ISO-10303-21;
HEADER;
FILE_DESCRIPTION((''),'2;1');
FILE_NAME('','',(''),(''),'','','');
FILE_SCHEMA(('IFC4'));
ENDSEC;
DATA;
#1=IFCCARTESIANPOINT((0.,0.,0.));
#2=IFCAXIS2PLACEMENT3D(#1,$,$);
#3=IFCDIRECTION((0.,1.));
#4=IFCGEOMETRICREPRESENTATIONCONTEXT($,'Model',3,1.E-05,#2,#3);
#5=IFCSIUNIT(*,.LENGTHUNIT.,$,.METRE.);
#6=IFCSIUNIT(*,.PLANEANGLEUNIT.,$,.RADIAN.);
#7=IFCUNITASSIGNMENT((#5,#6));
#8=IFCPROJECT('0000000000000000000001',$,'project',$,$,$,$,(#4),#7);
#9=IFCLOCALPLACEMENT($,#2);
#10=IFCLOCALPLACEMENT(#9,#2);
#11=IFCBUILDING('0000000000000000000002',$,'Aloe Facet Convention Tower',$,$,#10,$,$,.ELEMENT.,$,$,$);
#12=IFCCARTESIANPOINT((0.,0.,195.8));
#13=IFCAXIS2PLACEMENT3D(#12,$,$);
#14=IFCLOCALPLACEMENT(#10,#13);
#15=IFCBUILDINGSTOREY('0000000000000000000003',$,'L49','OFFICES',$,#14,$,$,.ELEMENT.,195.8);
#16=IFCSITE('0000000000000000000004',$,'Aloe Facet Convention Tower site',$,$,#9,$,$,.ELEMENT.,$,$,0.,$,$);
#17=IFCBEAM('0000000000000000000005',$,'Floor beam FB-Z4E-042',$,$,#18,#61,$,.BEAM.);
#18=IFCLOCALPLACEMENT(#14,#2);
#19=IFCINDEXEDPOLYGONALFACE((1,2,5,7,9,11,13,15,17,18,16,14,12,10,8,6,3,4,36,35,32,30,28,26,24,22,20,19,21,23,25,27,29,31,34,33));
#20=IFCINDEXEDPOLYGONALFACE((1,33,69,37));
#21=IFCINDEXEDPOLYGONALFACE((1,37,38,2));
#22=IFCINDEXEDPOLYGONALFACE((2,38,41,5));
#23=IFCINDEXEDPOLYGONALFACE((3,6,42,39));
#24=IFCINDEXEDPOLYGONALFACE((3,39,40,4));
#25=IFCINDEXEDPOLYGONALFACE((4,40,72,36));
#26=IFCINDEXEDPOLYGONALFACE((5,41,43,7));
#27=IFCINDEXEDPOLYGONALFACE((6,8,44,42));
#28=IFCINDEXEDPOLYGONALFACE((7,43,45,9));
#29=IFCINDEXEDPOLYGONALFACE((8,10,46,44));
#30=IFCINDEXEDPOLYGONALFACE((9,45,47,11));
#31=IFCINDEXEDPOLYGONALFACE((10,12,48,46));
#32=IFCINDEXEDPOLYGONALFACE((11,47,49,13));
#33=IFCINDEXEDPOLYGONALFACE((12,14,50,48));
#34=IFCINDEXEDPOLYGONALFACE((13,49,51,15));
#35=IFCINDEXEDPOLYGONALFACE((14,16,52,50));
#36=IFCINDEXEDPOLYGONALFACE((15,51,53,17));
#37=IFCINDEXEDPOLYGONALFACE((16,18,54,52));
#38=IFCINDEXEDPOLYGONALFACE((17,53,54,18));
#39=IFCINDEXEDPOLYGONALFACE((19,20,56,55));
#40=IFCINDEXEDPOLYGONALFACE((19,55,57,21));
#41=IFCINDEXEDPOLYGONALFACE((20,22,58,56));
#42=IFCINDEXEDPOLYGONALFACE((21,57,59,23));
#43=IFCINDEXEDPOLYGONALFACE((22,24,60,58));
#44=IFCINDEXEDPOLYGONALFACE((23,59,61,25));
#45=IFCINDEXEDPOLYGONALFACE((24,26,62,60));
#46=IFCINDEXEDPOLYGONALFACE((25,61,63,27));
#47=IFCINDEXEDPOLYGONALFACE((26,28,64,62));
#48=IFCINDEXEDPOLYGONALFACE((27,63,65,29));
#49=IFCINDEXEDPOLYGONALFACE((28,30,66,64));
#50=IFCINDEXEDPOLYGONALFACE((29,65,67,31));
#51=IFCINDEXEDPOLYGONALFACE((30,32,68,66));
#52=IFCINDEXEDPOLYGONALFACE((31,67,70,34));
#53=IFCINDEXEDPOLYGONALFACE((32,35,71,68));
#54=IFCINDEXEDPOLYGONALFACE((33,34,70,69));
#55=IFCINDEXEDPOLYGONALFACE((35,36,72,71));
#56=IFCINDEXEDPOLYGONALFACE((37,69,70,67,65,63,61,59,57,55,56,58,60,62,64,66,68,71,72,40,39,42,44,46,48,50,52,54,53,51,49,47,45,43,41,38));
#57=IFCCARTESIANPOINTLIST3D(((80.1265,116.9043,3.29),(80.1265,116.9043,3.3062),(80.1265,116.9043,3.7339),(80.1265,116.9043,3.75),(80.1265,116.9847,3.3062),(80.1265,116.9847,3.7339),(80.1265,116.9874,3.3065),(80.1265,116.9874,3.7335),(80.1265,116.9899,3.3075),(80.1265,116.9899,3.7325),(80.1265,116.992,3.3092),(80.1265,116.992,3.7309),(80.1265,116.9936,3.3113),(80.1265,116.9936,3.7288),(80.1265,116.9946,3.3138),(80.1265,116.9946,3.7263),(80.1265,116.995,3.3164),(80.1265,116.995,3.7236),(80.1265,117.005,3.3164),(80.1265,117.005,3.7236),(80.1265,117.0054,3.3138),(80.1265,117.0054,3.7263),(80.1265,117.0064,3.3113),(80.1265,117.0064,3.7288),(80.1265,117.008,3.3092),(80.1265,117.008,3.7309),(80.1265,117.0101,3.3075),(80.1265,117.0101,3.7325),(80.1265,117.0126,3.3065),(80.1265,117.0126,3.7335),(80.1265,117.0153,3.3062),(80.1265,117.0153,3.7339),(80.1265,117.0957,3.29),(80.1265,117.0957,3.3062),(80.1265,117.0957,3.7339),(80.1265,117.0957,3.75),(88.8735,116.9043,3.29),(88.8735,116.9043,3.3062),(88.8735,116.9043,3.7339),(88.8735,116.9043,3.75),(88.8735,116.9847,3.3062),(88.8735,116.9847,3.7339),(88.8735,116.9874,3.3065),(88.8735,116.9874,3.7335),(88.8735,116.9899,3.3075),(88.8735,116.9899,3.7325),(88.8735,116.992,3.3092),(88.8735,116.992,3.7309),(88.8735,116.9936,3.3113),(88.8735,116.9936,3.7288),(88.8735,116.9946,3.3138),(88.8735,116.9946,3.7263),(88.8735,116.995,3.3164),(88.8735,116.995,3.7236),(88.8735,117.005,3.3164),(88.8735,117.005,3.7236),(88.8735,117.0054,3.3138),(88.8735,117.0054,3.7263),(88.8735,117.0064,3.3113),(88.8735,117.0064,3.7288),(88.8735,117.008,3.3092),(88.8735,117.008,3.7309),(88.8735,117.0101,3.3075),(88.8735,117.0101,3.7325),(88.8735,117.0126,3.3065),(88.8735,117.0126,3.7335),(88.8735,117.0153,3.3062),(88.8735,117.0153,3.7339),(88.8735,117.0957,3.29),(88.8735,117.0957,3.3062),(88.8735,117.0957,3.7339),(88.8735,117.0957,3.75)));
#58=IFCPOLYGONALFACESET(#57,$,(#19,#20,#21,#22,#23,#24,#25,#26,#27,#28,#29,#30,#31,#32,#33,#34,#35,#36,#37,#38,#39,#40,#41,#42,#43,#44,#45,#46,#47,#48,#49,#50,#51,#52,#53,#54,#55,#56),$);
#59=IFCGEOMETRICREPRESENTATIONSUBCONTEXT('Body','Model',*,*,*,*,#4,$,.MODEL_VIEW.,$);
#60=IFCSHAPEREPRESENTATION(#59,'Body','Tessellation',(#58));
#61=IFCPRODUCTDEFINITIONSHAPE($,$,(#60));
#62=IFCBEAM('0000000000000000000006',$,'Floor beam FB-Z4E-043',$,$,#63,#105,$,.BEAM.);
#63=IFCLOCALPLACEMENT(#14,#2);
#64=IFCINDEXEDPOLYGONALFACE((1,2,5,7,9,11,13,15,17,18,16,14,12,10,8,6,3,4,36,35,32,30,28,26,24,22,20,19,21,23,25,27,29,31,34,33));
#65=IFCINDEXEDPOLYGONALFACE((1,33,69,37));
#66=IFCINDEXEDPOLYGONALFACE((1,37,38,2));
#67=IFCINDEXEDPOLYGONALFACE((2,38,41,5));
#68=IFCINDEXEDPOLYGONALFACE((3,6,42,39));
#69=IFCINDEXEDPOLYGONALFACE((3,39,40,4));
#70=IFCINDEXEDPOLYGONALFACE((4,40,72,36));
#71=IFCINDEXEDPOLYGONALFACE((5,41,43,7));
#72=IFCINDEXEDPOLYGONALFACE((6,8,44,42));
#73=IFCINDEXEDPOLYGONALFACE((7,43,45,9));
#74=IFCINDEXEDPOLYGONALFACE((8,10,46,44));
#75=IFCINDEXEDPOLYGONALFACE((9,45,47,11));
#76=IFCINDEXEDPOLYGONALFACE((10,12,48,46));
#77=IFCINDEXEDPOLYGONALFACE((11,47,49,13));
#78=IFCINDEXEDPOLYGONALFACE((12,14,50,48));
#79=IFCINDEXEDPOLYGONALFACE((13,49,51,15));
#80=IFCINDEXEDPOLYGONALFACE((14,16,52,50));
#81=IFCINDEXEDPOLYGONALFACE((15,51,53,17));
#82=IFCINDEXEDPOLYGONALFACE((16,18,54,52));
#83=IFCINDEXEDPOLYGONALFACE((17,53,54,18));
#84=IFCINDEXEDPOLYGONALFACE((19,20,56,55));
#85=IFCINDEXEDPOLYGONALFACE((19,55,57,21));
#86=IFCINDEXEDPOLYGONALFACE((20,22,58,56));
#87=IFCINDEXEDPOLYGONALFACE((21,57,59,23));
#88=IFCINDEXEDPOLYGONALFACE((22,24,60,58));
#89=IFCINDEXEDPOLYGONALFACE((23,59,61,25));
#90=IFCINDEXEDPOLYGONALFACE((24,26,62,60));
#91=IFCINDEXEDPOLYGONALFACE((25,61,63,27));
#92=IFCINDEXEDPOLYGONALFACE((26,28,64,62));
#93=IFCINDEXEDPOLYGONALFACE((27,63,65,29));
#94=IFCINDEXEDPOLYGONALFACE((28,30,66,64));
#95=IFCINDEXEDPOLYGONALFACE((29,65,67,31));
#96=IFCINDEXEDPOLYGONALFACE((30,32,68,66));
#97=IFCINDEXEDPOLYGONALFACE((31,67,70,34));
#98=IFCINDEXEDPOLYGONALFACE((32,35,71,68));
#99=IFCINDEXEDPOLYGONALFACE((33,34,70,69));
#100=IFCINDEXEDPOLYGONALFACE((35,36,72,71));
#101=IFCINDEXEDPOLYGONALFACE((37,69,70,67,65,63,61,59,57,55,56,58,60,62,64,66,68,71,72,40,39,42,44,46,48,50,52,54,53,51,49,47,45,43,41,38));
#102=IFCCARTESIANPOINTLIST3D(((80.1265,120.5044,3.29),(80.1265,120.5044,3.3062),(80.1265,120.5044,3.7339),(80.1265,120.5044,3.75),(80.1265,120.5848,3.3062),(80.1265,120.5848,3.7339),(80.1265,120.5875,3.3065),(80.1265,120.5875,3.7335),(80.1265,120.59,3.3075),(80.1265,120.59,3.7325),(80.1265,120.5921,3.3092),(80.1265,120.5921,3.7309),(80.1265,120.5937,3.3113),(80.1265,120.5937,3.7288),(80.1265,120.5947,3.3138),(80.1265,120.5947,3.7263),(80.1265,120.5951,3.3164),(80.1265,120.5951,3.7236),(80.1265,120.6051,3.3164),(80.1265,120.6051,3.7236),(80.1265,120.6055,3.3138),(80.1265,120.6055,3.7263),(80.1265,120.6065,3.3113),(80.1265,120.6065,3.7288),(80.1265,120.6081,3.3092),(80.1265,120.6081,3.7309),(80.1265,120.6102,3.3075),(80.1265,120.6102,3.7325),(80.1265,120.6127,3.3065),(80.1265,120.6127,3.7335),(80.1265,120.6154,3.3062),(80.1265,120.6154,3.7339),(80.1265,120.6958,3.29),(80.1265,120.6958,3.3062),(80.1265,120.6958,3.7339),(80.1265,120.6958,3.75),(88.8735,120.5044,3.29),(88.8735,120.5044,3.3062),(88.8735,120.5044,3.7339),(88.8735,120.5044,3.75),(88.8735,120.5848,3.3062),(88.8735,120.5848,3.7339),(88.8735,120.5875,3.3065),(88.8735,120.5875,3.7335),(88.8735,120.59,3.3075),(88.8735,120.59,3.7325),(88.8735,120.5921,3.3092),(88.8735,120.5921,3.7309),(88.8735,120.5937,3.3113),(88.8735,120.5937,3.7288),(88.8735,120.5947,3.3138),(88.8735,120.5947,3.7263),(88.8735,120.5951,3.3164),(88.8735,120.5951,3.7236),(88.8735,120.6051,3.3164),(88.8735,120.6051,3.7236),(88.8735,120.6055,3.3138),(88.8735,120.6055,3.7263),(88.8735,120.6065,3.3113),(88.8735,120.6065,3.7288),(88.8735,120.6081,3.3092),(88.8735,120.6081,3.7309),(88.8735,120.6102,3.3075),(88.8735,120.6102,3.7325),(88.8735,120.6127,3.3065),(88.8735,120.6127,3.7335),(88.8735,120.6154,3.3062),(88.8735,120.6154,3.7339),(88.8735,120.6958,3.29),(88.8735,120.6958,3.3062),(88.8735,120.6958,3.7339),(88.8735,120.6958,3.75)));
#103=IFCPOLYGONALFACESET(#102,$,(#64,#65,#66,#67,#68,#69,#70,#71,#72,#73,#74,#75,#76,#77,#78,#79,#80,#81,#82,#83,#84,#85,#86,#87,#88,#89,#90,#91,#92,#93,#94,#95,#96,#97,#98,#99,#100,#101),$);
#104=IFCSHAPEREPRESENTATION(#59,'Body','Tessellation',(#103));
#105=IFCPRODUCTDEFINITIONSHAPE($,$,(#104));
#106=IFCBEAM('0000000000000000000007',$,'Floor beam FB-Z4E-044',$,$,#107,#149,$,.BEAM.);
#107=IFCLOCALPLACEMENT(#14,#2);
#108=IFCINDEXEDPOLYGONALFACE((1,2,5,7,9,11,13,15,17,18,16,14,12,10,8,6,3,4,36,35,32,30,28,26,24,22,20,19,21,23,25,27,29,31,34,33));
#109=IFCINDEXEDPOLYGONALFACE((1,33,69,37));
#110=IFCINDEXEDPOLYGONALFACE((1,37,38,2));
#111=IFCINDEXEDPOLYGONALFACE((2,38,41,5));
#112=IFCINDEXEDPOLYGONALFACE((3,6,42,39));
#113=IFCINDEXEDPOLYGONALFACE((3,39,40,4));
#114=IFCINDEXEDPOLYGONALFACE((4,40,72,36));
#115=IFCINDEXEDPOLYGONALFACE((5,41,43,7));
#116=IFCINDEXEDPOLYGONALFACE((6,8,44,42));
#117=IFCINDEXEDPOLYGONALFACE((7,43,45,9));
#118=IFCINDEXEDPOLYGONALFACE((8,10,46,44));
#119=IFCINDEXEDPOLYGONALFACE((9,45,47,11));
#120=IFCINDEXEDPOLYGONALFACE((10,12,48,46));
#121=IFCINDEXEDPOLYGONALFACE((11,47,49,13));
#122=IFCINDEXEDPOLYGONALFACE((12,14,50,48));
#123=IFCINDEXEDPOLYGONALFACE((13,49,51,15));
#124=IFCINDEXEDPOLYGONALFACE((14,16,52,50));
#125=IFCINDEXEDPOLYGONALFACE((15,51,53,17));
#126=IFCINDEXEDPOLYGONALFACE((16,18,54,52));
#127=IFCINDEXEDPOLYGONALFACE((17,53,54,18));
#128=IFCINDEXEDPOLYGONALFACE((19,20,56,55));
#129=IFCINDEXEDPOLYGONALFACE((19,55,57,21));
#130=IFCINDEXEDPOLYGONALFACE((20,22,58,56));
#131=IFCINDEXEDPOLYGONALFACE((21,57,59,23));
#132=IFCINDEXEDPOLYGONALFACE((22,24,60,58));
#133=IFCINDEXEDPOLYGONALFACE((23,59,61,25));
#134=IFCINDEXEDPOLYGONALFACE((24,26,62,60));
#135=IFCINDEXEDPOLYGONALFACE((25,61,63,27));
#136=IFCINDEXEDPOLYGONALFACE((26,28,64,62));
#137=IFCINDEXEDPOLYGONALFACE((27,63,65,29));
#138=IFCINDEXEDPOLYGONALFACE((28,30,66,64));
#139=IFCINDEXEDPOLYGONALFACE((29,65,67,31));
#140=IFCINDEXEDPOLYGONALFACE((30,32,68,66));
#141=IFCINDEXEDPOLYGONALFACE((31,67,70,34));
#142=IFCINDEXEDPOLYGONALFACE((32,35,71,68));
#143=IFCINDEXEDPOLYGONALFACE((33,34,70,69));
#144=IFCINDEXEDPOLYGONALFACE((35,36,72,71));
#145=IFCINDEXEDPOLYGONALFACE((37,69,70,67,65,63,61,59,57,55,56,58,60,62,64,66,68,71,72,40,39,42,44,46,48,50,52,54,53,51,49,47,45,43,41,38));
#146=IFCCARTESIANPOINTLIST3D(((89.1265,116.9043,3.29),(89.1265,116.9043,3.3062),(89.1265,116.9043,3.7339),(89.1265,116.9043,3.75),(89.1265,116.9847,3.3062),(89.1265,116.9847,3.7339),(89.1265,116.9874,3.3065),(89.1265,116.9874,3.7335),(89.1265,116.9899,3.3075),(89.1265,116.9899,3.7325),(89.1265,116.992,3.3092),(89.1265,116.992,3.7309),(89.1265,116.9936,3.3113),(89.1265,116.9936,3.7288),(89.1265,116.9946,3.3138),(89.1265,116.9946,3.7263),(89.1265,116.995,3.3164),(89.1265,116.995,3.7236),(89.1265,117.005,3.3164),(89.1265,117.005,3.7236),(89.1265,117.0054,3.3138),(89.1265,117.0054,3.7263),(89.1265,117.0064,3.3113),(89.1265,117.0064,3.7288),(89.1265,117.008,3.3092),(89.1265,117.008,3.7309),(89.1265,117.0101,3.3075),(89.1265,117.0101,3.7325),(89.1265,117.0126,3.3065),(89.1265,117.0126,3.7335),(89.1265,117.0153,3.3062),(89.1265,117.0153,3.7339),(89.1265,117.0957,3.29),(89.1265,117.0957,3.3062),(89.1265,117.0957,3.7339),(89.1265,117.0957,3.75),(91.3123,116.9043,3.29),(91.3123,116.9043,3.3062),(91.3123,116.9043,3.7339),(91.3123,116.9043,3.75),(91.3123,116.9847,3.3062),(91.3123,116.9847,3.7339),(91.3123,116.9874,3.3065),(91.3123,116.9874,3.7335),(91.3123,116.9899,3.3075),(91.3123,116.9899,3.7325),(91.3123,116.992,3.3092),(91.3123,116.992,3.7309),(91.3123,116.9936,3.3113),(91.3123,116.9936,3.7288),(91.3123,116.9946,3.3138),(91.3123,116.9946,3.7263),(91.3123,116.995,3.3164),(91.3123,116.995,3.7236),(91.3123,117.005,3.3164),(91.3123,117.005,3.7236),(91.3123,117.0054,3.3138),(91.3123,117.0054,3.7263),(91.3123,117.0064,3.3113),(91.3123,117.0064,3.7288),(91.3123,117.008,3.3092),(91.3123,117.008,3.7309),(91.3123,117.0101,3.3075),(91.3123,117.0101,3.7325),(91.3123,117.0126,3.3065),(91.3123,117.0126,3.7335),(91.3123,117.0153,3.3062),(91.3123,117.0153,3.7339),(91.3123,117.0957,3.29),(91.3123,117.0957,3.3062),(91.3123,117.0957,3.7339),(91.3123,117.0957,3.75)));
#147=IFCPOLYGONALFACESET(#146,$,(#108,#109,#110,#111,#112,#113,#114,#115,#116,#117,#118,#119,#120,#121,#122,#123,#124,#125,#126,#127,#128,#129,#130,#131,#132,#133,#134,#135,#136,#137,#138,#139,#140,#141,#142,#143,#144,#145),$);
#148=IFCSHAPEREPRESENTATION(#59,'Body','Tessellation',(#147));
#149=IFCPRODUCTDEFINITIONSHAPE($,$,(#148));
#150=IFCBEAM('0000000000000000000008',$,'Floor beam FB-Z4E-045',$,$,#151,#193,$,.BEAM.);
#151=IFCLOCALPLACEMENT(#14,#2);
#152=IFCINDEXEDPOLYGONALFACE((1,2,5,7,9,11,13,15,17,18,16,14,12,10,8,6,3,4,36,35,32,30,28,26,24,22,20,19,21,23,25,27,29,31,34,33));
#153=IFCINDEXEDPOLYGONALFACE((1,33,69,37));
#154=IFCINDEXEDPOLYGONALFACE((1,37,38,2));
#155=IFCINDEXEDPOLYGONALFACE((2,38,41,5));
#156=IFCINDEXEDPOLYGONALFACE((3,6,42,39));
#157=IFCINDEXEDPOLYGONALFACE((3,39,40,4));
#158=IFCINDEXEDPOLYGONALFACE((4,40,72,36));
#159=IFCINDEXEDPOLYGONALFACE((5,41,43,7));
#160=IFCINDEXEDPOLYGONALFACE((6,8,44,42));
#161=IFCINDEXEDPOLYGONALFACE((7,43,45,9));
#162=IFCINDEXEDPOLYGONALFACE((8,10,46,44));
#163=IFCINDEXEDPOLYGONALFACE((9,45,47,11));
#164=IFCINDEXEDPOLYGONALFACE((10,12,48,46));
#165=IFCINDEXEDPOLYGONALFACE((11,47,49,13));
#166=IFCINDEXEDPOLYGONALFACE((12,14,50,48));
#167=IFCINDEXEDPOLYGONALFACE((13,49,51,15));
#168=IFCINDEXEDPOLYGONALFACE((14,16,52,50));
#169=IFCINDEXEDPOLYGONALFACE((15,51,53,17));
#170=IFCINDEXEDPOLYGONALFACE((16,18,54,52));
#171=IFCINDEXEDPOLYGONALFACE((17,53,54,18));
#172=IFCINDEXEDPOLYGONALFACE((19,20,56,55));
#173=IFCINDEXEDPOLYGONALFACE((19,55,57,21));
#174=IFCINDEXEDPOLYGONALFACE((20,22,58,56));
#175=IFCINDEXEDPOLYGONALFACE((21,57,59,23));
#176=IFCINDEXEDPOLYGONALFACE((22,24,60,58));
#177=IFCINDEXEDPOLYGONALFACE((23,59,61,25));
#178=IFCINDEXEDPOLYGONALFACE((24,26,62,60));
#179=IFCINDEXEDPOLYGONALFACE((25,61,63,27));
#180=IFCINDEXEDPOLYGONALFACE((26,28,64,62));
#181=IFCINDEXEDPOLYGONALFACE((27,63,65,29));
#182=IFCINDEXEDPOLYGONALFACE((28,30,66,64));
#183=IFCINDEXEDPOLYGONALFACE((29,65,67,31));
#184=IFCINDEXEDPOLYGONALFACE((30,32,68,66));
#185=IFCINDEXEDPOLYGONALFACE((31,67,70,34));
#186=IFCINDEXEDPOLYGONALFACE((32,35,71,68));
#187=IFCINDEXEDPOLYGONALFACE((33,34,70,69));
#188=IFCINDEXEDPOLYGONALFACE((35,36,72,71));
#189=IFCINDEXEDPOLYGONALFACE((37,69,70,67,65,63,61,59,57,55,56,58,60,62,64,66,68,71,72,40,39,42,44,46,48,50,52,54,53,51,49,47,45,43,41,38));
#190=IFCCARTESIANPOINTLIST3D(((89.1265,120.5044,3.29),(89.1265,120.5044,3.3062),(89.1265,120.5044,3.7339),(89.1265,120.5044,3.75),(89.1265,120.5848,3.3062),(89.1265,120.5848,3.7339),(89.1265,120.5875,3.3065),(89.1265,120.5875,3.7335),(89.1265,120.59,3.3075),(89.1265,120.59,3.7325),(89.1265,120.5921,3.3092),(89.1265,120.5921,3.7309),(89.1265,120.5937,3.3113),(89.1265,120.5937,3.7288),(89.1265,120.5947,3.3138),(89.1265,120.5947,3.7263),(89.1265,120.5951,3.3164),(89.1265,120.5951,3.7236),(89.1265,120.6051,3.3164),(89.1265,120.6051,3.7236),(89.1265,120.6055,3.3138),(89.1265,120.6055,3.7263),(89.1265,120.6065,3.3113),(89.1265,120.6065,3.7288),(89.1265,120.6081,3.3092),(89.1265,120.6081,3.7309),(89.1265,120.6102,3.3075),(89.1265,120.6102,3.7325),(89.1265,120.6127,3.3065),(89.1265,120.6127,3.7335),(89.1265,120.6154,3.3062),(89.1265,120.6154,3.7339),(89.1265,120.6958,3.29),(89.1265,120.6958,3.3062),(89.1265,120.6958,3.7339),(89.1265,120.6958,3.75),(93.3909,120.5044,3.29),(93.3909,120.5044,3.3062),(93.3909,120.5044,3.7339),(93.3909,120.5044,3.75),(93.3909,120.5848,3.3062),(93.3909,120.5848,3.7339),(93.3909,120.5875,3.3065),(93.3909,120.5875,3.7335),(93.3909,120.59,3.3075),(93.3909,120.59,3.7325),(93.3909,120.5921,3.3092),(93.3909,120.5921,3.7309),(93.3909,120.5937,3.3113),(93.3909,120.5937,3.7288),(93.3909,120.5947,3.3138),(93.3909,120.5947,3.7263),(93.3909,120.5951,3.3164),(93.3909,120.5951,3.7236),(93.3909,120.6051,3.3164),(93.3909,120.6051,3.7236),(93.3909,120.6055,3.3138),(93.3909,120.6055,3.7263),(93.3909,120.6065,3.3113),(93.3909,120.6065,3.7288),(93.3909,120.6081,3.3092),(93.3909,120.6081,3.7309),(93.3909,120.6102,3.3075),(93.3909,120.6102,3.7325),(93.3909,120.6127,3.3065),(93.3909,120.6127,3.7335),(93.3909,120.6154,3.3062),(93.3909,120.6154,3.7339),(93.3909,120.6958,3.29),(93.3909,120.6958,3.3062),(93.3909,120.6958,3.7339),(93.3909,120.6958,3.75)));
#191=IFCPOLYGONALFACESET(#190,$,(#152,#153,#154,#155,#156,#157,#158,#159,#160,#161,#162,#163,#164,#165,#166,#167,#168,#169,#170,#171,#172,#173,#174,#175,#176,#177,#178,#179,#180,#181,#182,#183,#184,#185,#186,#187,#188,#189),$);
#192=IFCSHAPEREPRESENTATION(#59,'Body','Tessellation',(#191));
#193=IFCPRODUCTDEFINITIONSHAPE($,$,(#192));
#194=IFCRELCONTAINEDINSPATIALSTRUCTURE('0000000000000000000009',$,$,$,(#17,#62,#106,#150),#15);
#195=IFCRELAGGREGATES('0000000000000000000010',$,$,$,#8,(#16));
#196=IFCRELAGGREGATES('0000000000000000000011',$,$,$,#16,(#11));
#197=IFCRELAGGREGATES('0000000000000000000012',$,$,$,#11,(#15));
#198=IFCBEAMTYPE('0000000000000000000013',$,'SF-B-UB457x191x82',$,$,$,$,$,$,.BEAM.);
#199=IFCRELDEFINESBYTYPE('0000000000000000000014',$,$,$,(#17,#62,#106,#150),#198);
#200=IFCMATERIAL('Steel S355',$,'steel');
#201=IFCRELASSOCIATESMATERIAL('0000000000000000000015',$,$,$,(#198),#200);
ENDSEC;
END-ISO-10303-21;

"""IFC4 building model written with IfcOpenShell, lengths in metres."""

from ifc_helpers import new_model, si_unit, direction, frame, origin, origin_2d, place, context, subcontext, project, spatial, i_section, extrude, material, material_profile, profile_set, type_object, element, save


model = new_model("IFC4")

# Units and contexts
model_context = context("Model", 3, precision=1e-05, world=origin(), true_north=direction((0.0, 1.0)))
body_context = subcontext(model_context, "Body", "Model", "MODEL_VIEW")
ifc_project = project(units=[si_unit("LENGTHUNIT", "METRE"), si_unit("PLANEANGLEUNIT", "RADIAN")], contexts=[model_context])

# Site, building, storey
site_placement = place(None, origin())
site = spatial("IfcSite", under=ifc_project, at=site_placement, Name="Aloe Facet Convention Tower site", CompositionType="ELEMENT", RefElevation=0.0)
building_placement = place(site_placement, origin())
building = spatial("IfcBuilding", under=site, at=building_placement, Name="Aloe Facet Convention Tower", CompositionType="ELEMENT")
storey_placement = place(building_placement, frame((0.0, 0.0, 195.8)))
storey = spatial("IfcBuildingStorey", under=building, at=storey_placement, Name="L49", Description="OFFICES", CompositionType="ELEMENT", Elevation=195.8)

# Beams
ifc_material_1 = material(Name="Steel S355", Category="steel")
ifc_material_profile_1 = material_profile(ifc_material_1, i_section(OverallWidth=0.1914, OverallDepth=0.46, WebThickness=0.01, FlangeThickness=0.0161, FilletRadius=0.0103, at=origin_2d()), Name="UB 457x191x82")
ifc_profile_set_1 = profile_set([ifc_material_profile_1], Name="Steel S355")
beam_type_1 = type_object("IfcBeamType", Name="SF-B-UB457x191x82", PredefinedType="BEAM", material=ifc_profile_set_1)
for number, where, z_axis, x_axis, name in (
    (1, (80.1265, 117.0, 3.52), (1.0, 0.0, 0.0), (0.0, 1.0, 0.0), "Floor beam FB-Z4E-042"),
    (2, (80.1265, 120.6001, 3.52), (1.0, 0.0, 0.0), (0.0, 1.0, 0.0), "Floor beam FB-Z4E-043"),
):
    element("IfcBeam", number, at=place(storey_placement, frame(where, z_axis=z_axis, x_axis=x_axis)), inside=storey, type_object=beam_type_1, Name=name, PredefinedType="BEAM", context=body_context, shape_type="SweptSolid", body=[
        extrude(i_section(OverallWidth=0.1914, OverallDepth=0.46, WebThickness=0.01, FlangeThickness=0.0161, FilletRadius=0.0103, at=origin_2d()), origin(), (0.0, 0.0, 1.0), 8.7471),
    ])
beam_1_placement = place(storey_placement, frame((89.1265, 117.0, 3.52), z_axis=(1.0, 0.0, 0.0), x_axis=(0.0, 1.0, 0.0)))
element("IfcBeam", 3, at=beam_1_placement, inside=storey, type_object=beam_type_1, Name="Floor beam FB-Z4E-044", PredefinedType="BEAM", context=body_context, shape_type="SweptSolid", body=[
    extrude(i_section(OverallWidth=0.1914, OverallDepth=0.46, WebThickness=0.01, FlangeThickness=0.0161, FilletRadius=0.0103, at=origin_2d()), origin(), (0.0, 0.0, 1.0), 2.1858),
])
beam_2_placement = place(storey_placement, frame((89.1265, 120.6001, 3.52), z_axis=(1.0, 0.0, 0.0), x_axis=(0.0, 1.0, 0.0)))
element("IfcBeam", 4, at=beam_2_placement, inside=storey, type_object=beam_type_1, Name="Floor beam FB-Z4E-045", PredefinedType="BEAM", context=body_context, shape_type="SweptSolid", body=[
    extrude(i_section(OverallWidth=0.1914, OverallDepth=0.46, WebThickness=0.01, FlangeThickness=0.0161, FilletRadius=0.0103, at=origin_2d()), origin(), (0.0, 0.0, 1.0), 4.2644),
])

save(model, "model.ifc")
